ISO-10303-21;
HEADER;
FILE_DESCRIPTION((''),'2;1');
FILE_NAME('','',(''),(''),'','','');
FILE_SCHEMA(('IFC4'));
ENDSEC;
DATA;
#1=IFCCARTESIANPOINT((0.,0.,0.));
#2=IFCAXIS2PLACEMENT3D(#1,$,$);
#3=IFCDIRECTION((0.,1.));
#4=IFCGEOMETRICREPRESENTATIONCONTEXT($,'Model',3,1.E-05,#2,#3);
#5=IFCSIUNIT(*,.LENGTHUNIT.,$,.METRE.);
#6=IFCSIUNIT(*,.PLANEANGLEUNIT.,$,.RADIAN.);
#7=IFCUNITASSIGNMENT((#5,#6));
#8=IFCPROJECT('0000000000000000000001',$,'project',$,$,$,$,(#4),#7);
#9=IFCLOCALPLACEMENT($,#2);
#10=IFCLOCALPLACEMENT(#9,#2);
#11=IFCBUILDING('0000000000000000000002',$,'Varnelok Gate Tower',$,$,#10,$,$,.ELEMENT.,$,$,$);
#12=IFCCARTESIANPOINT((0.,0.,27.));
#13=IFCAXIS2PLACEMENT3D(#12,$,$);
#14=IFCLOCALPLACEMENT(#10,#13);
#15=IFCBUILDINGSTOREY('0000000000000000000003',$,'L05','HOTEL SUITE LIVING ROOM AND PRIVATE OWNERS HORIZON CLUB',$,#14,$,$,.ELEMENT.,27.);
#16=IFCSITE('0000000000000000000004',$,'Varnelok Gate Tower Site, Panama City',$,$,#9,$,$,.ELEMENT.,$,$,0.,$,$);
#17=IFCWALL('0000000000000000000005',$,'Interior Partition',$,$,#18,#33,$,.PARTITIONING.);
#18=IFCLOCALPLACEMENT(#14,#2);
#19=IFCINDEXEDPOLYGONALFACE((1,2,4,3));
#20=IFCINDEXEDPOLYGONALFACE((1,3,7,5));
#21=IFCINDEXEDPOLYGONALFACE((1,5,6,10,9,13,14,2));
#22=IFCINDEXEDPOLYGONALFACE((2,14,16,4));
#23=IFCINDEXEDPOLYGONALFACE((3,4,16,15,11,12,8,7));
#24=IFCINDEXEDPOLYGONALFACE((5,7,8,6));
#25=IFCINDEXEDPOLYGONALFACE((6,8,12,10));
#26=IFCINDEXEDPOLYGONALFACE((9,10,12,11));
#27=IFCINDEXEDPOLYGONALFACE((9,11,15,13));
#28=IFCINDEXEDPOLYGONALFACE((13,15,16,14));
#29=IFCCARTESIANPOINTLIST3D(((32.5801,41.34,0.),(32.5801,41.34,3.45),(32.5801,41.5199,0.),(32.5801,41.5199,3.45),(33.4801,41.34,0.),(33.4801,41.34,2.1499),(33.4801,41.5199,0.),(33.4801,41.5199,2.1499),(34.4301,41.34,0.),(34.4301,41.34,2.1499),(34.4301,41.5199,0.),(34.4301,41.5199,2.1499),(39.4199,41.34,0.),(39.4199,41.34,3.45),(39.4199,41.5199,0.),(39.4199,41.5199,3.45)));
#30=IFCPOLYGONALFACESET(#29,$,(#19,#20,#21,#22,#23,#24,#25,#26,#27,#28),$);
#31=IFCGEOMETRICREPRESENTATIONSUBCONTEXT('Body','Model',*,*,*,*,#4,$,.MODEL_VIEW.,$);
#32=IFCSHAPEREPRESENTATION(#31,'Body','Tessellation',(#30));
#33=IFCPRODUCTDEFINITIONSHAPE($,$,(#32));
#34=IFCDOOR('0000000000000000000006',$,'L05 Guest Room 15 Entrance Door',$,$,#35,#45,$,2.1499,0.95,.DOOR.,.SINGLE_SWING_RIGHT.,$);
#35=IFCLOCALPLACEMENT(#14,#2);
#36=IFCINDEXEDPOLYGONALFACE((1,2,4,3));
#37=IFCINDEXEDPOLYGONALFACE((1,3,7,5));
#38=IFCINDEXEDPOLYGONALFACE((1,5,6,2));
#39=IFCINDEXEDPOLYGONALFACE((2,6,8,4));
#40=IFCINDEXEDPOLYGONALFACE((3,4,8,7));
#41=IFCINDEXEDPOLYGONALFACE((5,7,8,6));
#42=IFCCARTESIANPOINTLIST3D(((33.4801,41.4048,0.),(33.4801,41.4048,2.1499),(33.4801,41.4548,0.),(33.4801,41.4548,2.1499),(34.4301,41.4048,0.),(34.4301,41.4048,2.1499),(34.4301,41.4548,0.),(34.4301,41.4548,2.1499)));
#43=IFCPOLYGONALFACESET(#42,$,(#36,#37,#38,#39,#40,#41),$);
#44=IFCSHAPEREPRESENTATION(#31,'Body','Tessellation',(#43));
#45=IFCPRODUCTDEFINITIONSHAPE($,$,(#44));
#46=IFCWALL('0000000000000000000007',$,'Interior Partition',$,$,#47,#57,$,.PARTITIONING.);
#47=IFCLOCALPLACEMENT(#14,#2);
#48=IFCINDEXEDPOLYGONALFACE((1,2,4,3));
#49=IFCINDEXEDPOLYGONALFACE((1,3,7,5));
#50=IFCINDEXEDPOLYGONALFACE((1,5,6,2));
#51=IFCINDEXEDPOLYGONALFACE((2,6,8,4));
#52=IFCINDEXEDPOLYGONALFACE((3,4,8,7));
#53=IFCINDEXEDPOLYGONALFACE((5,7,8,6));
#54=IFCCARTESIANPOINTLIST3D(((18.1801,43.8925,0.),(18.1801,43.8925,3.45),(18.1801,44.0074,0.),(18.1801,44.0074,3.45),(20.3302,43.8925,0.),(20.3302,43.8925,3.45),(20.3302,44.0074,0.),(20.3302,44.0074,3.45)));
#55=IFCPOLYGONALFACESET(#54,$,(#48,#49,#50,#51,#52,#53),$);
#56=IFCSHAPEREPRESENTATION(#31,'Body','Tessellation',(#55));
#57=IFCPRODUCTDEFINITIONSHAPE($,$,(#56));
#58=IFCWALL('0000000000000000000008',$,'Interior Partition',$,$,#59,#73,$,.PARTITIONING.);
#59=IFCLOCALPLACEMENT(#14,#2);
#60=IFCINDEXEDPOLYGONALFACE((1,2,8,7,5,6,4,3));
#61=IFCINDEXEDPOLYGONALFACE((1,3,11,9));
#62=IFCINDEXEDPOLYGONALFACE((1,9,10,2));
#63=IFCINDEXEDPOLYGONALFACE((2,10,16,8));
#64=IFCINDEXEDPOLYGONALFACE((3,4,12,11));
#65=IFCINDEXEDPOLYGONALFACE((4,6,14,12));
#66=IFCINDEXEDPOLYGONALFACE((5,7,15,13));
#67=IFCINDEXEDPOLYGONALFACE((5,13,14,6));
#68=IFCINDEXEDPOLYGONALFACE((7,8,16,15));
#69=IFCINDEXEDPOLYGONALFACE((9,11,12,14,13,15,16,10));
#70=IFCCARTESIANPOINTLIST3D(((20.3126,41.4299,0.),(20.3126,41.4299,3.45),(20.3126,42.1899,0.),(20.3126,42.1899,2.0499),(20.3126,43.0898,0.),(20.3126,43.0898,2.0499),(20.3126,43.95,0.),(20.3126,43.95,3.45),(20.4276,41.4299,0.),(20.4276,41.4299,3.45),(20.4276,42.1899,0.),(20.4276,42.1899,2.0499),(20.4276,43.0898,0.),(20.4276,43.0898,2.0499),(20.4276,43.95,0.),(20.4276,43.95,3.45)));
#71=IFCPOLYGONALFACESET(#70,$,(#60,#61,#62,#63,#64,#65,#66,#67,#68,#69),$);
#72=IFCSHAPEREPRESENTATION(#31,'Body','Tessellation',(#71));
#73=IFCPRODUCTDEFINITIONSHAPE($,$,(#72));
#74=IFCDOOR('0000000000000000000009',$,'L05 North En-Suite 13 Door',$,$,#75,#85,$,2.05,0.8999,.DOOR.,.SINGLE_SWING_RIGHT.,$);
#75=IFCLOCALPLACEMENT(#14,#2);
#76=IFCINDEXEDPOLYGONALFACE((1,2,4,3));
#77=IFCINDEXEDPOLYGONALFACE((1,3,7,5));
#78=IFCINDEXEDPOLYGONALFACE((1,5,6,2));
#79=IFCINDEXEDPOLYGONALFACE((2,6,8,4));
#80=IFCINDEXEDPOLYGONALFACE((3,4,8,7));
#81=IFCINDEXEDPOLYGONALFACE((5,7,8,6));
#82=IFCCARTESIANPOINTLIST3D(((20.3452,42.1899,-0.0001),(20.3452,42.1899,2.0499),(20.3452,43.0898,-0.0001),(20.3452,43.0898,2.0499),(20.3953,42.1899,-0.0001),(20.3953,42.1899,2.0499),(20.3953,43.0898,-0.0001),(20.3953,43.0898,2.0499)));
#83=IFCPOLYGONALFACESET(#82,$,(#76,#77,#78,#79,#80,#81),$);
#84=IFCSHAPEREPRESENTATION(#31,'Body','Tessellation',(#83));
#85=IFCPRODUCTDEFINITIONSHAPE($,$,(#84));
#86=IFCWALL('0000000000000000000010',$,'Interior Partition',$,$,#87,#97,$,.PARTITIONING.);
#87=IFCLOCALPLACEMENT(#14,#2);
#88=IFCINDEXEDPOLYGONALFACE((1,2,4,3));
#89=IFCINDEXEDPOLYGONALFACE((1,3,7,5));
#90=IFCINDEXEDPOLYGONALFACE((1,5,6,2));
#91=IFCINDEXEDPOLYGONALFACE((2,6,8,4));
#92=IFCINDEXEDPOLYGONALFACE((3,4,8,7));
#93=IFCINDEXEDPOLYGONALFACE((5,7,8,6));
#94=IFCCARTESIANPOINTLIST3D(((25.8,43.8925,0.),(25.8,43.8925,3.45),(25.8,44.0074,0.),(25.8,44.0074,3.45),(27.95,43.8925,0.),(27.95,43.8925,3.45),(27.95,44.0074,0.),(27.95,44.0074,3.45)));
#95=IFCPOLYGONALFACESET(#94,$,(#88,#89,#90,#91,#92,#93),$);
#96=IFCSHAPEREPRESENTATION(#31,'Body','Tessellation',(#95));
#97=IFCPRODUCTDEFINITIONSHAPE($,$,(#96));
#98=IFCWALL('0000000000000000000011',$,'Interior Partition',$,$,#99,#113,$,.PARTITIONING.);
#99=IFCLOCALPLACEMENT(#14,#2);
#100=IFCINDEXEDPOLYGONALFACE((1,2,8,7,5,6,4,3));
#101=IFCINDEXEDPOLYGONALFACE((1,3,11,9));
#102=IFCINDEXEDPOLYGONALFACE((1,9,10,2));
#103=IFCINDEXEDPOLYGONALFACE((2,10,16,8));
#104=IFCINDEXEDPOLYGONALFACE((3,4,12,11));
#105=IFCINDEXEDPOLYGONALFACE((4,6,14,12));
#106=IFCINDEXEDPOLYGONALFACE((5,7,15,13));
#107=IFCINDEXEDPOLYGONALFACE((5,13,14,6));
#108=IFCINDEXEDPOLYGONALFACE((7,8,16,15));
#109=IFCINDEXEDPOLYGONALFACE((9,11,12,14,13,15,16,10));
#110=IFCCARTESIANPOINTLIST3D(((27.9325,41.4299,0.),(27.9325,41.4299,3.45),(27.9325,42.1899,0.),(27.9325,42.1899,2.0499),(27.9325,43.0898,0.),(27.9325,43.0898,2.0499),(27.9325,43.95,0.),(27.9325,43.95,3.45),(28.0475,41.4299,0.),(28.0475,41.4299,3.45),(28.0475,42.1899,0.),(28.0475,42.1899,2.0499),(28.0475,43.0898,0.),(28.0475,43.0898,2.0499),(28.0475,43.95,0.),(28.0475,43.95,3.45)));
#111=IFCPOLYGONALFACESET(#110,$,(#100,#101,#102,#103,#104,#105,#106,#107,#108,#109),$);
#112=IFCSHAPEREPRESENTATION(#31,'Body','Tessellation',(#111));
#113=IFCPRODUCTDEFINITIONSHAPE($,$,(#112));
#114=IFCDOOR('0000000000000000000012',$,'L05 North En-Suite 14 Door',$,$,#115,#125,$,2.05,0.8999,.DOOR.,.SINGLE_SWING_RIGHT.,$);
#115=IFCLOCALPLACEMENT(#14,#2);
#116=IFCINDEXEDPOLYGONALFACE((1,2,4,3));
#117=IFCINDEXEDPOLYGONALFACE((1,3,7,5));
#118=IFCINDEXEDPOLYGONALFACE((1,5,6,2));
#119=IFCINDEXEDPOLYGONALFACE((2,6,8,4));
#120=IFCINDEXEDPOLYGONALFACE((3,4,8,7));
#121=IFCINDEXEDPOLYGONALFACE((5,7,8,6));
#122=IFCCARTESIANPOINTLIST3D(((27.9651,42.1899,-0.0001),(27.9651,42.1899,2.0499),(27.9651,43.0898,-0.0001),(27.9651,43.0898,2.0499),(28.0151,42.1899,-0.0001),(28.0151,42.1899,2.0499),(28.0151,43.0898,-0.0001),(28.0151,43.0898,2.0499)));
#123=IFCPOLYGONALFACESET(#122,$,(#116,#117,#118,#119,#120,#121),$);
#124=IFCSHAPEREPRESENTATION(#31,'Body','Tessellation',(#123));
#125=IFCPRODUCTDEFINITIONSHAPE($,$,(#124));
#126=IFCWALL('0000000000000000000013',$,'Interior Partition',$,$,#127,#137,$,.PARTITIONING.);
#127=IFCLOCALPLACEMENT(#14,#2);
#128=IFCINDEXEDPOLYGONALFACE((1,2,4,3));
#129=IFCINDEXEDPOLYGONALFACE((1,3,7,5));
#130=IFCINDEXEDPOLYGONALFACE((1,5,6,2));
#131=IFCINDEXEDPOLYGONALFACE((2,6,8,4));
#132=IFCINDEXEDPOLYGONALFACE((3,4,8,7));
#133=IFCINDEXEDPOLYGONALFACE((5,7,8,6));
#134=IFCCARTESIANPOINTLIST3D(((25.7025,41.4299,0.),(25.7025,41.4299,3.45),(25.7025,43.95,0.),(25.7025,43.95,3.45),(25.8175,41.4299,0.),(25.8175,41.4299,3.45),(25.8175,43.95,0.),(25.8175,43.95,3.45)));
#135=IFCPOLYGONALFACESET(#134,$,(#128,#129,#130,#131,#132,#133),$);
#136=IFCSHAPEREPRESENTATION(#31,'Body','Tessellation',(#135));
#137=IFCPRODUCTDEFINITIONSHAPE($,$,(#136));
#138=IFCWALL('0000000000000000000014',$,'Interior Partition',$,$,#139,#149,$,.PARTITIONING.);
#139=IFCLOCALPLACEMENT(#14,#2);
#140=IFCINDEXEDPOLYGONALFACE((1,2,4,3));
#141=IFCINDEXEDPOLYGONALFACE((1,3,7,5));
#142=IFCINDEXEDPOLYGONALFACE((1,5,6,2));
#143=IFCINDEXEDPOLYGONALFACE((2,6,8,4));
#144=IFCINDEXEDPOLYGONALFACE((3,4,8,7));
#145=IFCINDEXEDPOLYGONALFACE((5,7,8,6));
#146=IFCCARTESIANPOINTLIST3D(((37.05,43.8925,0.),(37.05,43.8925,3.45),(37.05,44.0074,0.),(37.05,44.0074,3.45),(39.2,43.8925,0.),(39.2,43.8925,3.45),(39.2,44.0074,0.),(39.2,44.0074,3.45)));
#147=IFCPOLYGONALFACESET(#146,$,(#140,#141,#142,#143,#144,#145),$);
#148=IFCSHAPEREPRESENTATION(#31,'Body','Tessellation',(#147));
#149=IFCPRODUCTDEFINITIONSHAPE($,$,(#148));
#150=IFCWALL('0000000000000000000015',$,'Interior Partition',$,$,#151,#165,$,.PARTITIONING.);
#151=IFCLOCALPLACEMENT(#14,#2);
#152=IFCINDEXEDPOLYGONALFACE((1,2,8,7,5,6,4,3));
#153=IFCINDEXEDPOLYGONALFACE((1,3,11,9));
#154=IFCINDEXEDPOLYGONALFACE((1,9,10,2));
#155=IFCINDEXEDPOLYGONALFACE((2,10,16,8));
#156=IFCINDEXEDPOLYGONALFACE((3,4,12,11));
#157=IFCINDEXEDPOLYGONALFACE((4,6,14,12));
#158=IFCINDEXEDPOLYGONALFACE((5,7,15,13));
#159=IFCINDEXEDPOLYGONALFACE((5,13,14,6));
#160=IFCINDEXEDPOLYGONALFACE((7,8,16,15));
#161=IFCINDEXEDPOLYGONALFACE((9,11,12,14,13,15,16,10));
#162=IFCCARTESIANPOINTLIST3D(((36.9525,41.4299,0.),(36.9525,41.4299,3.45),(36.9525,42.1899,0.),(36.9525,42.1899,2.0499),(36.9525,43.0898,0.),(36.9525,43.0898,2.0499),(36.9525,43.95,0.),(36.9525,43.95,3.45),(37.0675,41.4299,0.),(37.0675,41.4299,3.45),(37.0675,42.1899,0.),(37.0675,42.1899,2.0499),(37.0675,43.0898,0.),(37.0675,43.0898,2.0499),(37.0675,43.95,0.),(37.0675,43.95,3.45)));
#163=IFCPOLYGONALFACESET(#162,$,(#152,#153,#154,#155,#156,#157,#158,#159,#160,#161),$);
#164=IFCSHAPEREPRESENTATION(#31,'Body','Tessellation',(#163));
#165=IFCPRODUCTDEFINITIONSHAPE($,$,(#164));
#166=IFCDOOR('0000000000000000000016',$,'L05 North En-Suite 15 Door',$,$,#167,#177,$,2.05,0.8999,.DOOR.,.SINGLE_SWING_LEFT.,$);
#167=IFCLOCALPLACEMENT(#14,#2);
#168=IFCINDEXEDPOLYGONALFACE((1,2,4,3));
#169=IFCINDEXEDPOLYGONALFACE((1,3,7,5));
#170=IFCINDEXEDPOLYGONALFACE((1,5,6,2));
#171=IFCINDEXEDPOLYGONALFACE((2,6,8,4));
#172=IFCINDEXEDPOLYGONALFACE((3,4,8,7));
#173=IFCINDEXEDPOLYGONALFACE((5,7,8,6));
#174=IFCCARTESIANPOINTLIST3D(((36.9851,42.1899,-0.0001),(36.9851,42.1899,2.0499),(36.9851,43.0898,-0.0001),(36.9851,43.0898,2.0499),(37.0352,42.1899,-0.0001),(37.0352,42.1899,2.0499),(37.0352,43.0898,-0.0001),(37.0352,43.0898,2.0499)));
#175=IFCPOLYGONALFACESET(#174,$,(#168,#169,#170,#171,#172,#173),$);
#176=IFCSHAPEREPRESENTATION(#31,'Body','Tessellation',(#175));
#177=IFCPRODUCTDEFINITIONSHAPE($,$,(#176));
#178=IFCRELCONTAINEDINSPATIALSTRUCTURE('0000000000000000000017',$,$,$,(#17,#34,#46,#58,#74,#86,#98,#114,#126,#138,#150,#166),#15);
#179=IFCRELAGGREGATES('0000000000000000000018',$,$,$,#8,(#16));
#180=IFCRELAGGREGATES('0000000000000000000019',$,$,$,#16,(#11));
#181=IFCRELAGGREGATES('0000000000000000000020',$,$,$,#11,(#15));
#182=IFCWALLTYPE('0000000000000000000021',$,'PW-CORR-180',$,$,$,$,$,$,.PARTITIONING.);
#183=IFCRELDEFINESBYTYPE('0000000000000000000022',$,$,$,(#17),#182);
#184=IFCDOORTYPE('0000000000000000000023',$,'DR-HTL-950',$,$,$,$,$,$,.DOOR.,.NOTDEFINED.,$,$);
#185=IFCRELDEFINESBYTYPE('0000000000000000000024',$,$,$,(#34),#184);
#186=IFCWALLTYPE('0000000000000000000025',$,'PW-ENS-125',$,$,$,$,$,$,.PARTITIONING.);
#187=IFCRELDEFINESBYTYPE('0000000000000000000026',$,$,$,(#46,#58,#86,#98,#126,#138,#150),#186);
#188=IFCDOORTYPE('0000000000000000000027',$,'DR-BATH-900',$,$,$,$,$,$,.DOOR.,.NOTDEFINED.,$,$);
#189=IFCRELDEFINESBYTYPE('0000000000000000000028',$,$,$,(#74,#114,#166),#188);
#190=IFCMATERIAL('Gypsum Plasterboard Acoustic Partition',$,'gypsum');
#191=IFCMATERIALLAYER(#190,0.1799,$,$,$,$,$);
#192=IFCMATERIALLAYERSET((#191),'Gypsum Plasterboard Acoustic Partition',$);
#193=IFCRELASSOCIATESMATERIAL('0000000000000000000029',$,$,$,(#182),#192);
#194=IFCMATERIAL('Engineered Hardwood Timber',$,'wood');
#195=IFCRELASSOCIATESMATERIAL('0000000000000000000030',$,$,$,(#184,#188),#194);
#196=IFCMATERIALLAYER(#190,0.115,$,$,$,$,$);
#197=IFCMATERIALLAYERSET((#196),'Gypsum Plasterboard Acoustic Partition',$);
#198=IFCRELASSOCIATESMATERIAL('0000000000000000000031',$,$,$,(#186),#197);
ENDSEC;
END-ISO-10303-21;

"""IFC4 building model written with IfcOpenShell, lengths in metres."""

from ifc_helpers import new_model, si_unit, direction, frame, frame_2d, origin, place, context, subcontext, project, spatial, rectangle, extrude, material, layer, layer_set, type_object, element, fill, save


model = new_model("IFC4")

# Units and contexts
model_context = context("Model", 3, precision=1e-05, world=origin(), true_north=direction((0.0, 1.0)))
body_context = subcontext(model_context, "Body", "Model", "MODEL_VIEW")
ifc_project = project(units=[si_unit("LENGTHUNIT", "METRE"), si_unit("PLANEANGLEUNIT", "RADIAN")], contexts=[model_context])

# Site, building, storey
site_placement = place(None, origin())
site = spatial("IfcSite", under=ifc_project, at=site_placement, Name="Varnelok Gate Tower Site, Panama City", CompositionType="ELEMENT", RefElevation=0.0)
building_placement = place(site_placement, origin())
building = spatial("IfcBuilding", under=site, at=building_placement, Name="Varnelok Gate Tower", CompositionType="ELEMENT")
storey_placement = place(building_placement, frame((0.0, 0.0, 27.0)))
storey = spatial("IfcBuildingStorey", under=building, at=storey_placement, Name="L05", Description="HOTEL SUITE LIVING ROOM AND PRIVATE OWNERS HORIZON CLUB", CompositionType="ELEMENT", Elevation=27.0)

# Wall, opening, door
ifc_material_1 = material(Name="Gypsum Plasterboard Acoustic Partition", Category="gypsum")
ifc_layer_1 = layer(ifc_material_1, 0.1799)
ifc_layer_set_1 = layer_set([ifc_layer_1], Name="Gypsum Plasterboard Acoustic Partition")
wall_type_1 = type_object("IfcWallType", Name="PW-CORR-180", PredefinedType="PARTITIONING", material=ifc_layer_set_1)
ifc_material_2 = material(Name="Engineered Hardwood Timber", Category="wood")
door_type_1 = type_object("IfcDoorType", Name="DR-HTL-950", OperationType="NOTDEFINED", PredefinedType="DOOR", material=ifc_material_2)
wall_1_placement = place(storey_placement, frame((32.5801, 41.4299, 0.0), z_axis=(0.0, 0.0, 1.0), x_axis=(1.0, 0.0, 0.0)))
wall_1 = element("IfcWall", 1, at=wall_1_placement, inside=storey, type_object=wall_type_1, Name="Interior Partition", PredefinedType="PARTITIONING", context=body_context, shape_type="SweptSolid", body=[
    extrude(rectangle(XDim=6.8398, YDim=0.1799, at=frame_2d((3.4199, 0.0))), origin(), (0.0, 0.0, 1.0), 3.45),
])
opening_1_placement = place(wall_1_placement, frame((0.8999, 0.0, 0.0)))
opening_1 = element("IfcOpeningElement", 2, at=opening_1_placement, cuts=wall_1, PredefinedType="OPENING", context=body_context, shape_type="SweptSolid", body=[
    extrude(rectangle(XDim=0.95, YDim=2.1499, at=frame_2d((0.4751, 1.075))), frame((0.0, 0.0999, 0.0), z_axis=(0.0, -1.0, 0.0), x_axis=(1.0, 0.0, 0.0)), (0.0, 0.0, 1.0), 0.2),
])
door_1_placement = place(opening_1_placement, origin())
door_1 = element("IfcDoor", 3, at=door_1_placement, inside=storey, type_object=door_type_1, Name="L05 Guest Room 15 Entrance Door", OperationType="SINGLE_SWING_RIGHT", OverallHeight=2.1499, OverallWidth=0.95, PredefinedType="DOOR", context=body_context, shape_type="SweptSolid", body=[
    extrude(rectangle(XDim=0.95, YDim=2.1499, at=frame_2d((0.4751, 1.075))), frame((0.0, 0.0249, 0.0), z_axis=(0.0, -1.0, 0.0), x_axis=(1.0, 0.0, 0.0)), (0.0, 0.0, 1.0), 0.05),
])
fill(opening_1, door_1)

# Wall
ifc_layer_2 = layer(ifc_material_1, 0.115)
ifc_layer_set_2 = layer_set([ifc_layer_2], Name="Gypsum Plasterboard Acoustic Partition")
wall_type_2 = type_object("IfcWallType", Name="PW-ENS-125", PredefinedType="PARTITIONING", material=ifc_layer_set_2)
wall_2_placement = place(storey_placement, frame((18.1799, 43.95, 0.0), z_axis=(0.0, 0.0, 1.0), x_axis=(1.0, 0.0, 0.0)))
element("IfcWall", 4, at=wall_2_placement, inside=storey, type_object=wall_type_2, Name="Interior Partition", PredefinedType="PARTITIONING", context=body_context, shape_type="SweptSolid", body=[
    extrude(rectangle(XDim=2.1501, YDim=0.115, at=frame_2d((1.0752, 0.0))), origin(), (0.0, 0.0, 1.0), 3.45),
])

# Wall, opening, door
wall_3_placement = place(storey_placement, frame((20.3701, 41.4299, 0.0), z_axis=(0.0, 0.0, 1.0), x_axis=(0.0, 1.0, 0.0)))
wall_3 = element("IfcWall", 5, at=wall_3_placement, inside=storey, type_object=wall_type_2, Name="Interior Partition", PredefinedType="PARTITIONING", context=body_context, shape_type="SweptSolid", body=[
    extrude(rectangle(XDim=2.52, YDim=0.115, at=frame_2d((1.26, 0.0))), origin(), (0.0, 0.0, 1.0), 3.45),
])
opening_2_placement = place(wall_3_placement, frame((0.76, 0.0, 0.0)))
opening_2 = element("IfcOpeningElement", 6, at=opening_2_placement, cuts=wall_3, PredefinedType="OPENING", context=body_context, shape_type="SweptSolid", body=[
    extrude(rectangle(XDim=0.8999, YDim=2.05, at=frame_2d((0.45, 1.0249))), frame((0.0, 0.0674, 0.0), z_axis=(0.0, -1.0, 0.0), x_axis=(1.0, 0.0, 0.0)), (0.0, 0.0, 1.0), 0.135),
])
door_type_2 = type_object("IfcDoorType", Name="DR-BATH-900", OperationType="NOTDEFINED", PredefinedType="DOOR", material=ifc_material_2)
door_2_placement = place(opening_2_placement, origin())
door_2 = element("IfcDoor", 7, at=door_2_placement, inside=storey, type_object=door_type_2, Name="L05 North En-Suite 13 Door", OperationType="SINGLE_SWING_RIGHT", OverallHeight=2.05, OverallWidth=0.8999, PredefinedType="DOOR", context=body_context, shape_type="SweptSolid", body=[
    extrude(rectangle(XDim=0.8999, YDim=2.05, at=frame_2d((0.45, 1.0249))), frame((0.0, 0.0249, 0.0), z_axis=(0.0, -1.0, 0.0), x_axis=(1.0, 0.0, 0.0)), (0.0, 0.0, 1.0), 0.05),
])
fill(opening_2, door_2)

# Wall
wall_4_placement = place(storey_placement, frame((25.8, 43.95, 0.0), z_axis=(0.0, 0.0, 1.0), x_axis=(1.0, 0.0, 0.0)))
element("IfcWall", 8, at=wall_4_placement, inside=storey, type_object=wall_type_2, Name="Interior Partition", PredefinedType="PARTITIONING", context=body_context, shape_type="SweptSolid", body=[
    extrude(rectangle(XDim=2.1499, YDim=0.115, at=frame_2d((1.075, 0.0))), origin(), (0.0, 0.0, 1.0), 3.45),
])

# Wall, opening, door
wall_5_placement = place(storey_placement, frame((27.99, 41.4299, 0.0), z_axis=(0.0, 0.0, 1.0), x_axis=(0.0, 1.0, 0.0)))
wall_5 = element("IfcWall", 9, at=wall_5_placement, inside=storey, type_object=wall_type_2, Name="Interior Partition", PredefinedType="PARTITIONING", context=body_context, shape_type="SweptSolid", body=[
    extrude(rectangle(XDim=2.52, YDim=0.115, at=frame_2d((1.26, 0.0))), origin(), (0.0, 0.0, 1.0), 3.45),
])
opening_3_placement = place(wall_5_placement, frame((0.76, 0.0, 0.0)))
opening_3 = element("IfcOpeningElement", 10, at=opening_3_placement, cuts=wall_5, PredefinedType="OPENING", context=body_context, shape_type="SweptSolid", body=[
    extrude(rectangle(XDim=0.8999, YDim=2.05, at=frame_2d((0.45, 1.0249))), frame((0.0, 0.0674, 0.0), z_axis=(0.0, -1.0, 0.0), x_axis=(1.0, 0.0, 0.0)), (0.0, 0.0, 1.0), 0.135),
])
door_3_placement = place(opening_3_placement, origin())
door_3 = element("IfcDoor", 11, at=door_3_placement, inside=storey, type_object=door_type_2, Name="L05 North En-Suite 14 Door", OperationType="SINGLE_SWING_RIGHT", OverallHeight=2.05, OverallWidth=0.8999, PredefinedType="DOOR", context=body_context, shape_type="SweptSolid", body=[
    extrude(rectangle(XDim=0.8999, YDim=2.05, at=frame_2d((0.45, 1.0249))), frame((0.0, 0.0249, 0.0), z_axis=(0.0, -1.0, 0.0), x_axis=(1.0, 0.0, 0.0)), (0.0, 0.0, 1.0), 0.05),
])
fill(opening_3, door_3)

# Walls
wall_6_placement = place(storey_placement, frame((25.76, 41.4299, 0.0), z_axis=(0.0, 0.0, 1.0), x_axis=(0.0, 1.0, 0.0)))
element("IfcWall", 12, at=wall_6_placement, inside=storey, type_object=wall_type_2, Name="Interior Partition", PredefinedType="PARTITIONING", context=body_context, shape_type="SweptSolid", body=[
    extrude(rectangle(XDim=2.52, YDim=0.115, at=frame_2d((1.26, 0.0))), origin(), (0.0, 0.0, 1.0), 3.45),
])
wall_7_placement = place(storey_placement, frame((37.05, 43.95, 0.0), z_axis=(0.0, 0.0, 1.0), x_axis=(1.0, 0.0, 0.0)))
element("IfcWall", 13, at=wall_7_placement, inside=storey, type_object=wall_type_2, Name="Interior Partition", PredefinedType="PARTITIONING", context=body_context, shape_type="SweptSolid", body=[
    extrude(rectangle(XDim=2.1499, YDim=0.115, at=frame_2d((1.075, 0.0))), origin(), (0.0, 0.0, 1.0), 3.45),
])

# Wall, opening, door
wall_8_placement = place(storey_placement, frame((37.01, 41.4299, 0.0), z_axis=(0.0, 0.0, 1.0), x_axis=(0.0, 1.0, 0.0)))
wall_8 = element("IfcWall", 14, at=wall_8_placement, inside=storey, type_object=wall_type_2, Name="Interior Partition", PredefinedType="PARTITIONING", context=body_context, shape_type="SweptSolid", body=[
    extrude(rectangle(XDim=2.52, YDim=0.115, at=frame_2d((1.26, 0.0))), origin(), (0.0, 0.0, 1.0), 3.45),
])
opening_4_placement = place(wall_8_placement, frame((0.76, 0.0, 0.0)))
opening_4 = element("IfcOpeningElement", 15, at=opening_4_placement, cuts=wall_8, PredefinedType="OPENING", context=body_context, shape_type="SweptSolid", body=[
    extrude(rectangle(XDim=0.8999, YDim=2.05, at=frame_2d((0.45, 1.0249))), frame((0.0, 0.0674, 0.0), z_axis=(0.0, -1.0, 0.0), x_axis=(1.0, 0.0, 0.0)), (0.0, 0.0, 1.0), 0.135),
])
door_4_placement = place(opening_4_placement, origin())
door_4 = element("IfcDoor", 16, at=door_4_placement, inside=storey, type_object=door_type_2, Name="L05 North En-Suite 15 Door", OperationType="SINGLE_SWING_LEFT", OverallHeight=2.05, OverallWidth=0.8999, PredefinedType="DOOR", context=body_context, shape_type="SweptSolid", body=[
    extrude(rectangle(XDim=0.8999, YDim=2.05, at=frame_2d((0.45, 1.0249))), frame((0.0, 0.0249, 0.0), z_axis=(0.0, -1.0, 0.0), x_axis=(1.0, 0.0, 0.0)), (0.0, 0.0, 1.0), 0.05),
])
fill(opening_4, door_4)

save(model, "model.ifc")
